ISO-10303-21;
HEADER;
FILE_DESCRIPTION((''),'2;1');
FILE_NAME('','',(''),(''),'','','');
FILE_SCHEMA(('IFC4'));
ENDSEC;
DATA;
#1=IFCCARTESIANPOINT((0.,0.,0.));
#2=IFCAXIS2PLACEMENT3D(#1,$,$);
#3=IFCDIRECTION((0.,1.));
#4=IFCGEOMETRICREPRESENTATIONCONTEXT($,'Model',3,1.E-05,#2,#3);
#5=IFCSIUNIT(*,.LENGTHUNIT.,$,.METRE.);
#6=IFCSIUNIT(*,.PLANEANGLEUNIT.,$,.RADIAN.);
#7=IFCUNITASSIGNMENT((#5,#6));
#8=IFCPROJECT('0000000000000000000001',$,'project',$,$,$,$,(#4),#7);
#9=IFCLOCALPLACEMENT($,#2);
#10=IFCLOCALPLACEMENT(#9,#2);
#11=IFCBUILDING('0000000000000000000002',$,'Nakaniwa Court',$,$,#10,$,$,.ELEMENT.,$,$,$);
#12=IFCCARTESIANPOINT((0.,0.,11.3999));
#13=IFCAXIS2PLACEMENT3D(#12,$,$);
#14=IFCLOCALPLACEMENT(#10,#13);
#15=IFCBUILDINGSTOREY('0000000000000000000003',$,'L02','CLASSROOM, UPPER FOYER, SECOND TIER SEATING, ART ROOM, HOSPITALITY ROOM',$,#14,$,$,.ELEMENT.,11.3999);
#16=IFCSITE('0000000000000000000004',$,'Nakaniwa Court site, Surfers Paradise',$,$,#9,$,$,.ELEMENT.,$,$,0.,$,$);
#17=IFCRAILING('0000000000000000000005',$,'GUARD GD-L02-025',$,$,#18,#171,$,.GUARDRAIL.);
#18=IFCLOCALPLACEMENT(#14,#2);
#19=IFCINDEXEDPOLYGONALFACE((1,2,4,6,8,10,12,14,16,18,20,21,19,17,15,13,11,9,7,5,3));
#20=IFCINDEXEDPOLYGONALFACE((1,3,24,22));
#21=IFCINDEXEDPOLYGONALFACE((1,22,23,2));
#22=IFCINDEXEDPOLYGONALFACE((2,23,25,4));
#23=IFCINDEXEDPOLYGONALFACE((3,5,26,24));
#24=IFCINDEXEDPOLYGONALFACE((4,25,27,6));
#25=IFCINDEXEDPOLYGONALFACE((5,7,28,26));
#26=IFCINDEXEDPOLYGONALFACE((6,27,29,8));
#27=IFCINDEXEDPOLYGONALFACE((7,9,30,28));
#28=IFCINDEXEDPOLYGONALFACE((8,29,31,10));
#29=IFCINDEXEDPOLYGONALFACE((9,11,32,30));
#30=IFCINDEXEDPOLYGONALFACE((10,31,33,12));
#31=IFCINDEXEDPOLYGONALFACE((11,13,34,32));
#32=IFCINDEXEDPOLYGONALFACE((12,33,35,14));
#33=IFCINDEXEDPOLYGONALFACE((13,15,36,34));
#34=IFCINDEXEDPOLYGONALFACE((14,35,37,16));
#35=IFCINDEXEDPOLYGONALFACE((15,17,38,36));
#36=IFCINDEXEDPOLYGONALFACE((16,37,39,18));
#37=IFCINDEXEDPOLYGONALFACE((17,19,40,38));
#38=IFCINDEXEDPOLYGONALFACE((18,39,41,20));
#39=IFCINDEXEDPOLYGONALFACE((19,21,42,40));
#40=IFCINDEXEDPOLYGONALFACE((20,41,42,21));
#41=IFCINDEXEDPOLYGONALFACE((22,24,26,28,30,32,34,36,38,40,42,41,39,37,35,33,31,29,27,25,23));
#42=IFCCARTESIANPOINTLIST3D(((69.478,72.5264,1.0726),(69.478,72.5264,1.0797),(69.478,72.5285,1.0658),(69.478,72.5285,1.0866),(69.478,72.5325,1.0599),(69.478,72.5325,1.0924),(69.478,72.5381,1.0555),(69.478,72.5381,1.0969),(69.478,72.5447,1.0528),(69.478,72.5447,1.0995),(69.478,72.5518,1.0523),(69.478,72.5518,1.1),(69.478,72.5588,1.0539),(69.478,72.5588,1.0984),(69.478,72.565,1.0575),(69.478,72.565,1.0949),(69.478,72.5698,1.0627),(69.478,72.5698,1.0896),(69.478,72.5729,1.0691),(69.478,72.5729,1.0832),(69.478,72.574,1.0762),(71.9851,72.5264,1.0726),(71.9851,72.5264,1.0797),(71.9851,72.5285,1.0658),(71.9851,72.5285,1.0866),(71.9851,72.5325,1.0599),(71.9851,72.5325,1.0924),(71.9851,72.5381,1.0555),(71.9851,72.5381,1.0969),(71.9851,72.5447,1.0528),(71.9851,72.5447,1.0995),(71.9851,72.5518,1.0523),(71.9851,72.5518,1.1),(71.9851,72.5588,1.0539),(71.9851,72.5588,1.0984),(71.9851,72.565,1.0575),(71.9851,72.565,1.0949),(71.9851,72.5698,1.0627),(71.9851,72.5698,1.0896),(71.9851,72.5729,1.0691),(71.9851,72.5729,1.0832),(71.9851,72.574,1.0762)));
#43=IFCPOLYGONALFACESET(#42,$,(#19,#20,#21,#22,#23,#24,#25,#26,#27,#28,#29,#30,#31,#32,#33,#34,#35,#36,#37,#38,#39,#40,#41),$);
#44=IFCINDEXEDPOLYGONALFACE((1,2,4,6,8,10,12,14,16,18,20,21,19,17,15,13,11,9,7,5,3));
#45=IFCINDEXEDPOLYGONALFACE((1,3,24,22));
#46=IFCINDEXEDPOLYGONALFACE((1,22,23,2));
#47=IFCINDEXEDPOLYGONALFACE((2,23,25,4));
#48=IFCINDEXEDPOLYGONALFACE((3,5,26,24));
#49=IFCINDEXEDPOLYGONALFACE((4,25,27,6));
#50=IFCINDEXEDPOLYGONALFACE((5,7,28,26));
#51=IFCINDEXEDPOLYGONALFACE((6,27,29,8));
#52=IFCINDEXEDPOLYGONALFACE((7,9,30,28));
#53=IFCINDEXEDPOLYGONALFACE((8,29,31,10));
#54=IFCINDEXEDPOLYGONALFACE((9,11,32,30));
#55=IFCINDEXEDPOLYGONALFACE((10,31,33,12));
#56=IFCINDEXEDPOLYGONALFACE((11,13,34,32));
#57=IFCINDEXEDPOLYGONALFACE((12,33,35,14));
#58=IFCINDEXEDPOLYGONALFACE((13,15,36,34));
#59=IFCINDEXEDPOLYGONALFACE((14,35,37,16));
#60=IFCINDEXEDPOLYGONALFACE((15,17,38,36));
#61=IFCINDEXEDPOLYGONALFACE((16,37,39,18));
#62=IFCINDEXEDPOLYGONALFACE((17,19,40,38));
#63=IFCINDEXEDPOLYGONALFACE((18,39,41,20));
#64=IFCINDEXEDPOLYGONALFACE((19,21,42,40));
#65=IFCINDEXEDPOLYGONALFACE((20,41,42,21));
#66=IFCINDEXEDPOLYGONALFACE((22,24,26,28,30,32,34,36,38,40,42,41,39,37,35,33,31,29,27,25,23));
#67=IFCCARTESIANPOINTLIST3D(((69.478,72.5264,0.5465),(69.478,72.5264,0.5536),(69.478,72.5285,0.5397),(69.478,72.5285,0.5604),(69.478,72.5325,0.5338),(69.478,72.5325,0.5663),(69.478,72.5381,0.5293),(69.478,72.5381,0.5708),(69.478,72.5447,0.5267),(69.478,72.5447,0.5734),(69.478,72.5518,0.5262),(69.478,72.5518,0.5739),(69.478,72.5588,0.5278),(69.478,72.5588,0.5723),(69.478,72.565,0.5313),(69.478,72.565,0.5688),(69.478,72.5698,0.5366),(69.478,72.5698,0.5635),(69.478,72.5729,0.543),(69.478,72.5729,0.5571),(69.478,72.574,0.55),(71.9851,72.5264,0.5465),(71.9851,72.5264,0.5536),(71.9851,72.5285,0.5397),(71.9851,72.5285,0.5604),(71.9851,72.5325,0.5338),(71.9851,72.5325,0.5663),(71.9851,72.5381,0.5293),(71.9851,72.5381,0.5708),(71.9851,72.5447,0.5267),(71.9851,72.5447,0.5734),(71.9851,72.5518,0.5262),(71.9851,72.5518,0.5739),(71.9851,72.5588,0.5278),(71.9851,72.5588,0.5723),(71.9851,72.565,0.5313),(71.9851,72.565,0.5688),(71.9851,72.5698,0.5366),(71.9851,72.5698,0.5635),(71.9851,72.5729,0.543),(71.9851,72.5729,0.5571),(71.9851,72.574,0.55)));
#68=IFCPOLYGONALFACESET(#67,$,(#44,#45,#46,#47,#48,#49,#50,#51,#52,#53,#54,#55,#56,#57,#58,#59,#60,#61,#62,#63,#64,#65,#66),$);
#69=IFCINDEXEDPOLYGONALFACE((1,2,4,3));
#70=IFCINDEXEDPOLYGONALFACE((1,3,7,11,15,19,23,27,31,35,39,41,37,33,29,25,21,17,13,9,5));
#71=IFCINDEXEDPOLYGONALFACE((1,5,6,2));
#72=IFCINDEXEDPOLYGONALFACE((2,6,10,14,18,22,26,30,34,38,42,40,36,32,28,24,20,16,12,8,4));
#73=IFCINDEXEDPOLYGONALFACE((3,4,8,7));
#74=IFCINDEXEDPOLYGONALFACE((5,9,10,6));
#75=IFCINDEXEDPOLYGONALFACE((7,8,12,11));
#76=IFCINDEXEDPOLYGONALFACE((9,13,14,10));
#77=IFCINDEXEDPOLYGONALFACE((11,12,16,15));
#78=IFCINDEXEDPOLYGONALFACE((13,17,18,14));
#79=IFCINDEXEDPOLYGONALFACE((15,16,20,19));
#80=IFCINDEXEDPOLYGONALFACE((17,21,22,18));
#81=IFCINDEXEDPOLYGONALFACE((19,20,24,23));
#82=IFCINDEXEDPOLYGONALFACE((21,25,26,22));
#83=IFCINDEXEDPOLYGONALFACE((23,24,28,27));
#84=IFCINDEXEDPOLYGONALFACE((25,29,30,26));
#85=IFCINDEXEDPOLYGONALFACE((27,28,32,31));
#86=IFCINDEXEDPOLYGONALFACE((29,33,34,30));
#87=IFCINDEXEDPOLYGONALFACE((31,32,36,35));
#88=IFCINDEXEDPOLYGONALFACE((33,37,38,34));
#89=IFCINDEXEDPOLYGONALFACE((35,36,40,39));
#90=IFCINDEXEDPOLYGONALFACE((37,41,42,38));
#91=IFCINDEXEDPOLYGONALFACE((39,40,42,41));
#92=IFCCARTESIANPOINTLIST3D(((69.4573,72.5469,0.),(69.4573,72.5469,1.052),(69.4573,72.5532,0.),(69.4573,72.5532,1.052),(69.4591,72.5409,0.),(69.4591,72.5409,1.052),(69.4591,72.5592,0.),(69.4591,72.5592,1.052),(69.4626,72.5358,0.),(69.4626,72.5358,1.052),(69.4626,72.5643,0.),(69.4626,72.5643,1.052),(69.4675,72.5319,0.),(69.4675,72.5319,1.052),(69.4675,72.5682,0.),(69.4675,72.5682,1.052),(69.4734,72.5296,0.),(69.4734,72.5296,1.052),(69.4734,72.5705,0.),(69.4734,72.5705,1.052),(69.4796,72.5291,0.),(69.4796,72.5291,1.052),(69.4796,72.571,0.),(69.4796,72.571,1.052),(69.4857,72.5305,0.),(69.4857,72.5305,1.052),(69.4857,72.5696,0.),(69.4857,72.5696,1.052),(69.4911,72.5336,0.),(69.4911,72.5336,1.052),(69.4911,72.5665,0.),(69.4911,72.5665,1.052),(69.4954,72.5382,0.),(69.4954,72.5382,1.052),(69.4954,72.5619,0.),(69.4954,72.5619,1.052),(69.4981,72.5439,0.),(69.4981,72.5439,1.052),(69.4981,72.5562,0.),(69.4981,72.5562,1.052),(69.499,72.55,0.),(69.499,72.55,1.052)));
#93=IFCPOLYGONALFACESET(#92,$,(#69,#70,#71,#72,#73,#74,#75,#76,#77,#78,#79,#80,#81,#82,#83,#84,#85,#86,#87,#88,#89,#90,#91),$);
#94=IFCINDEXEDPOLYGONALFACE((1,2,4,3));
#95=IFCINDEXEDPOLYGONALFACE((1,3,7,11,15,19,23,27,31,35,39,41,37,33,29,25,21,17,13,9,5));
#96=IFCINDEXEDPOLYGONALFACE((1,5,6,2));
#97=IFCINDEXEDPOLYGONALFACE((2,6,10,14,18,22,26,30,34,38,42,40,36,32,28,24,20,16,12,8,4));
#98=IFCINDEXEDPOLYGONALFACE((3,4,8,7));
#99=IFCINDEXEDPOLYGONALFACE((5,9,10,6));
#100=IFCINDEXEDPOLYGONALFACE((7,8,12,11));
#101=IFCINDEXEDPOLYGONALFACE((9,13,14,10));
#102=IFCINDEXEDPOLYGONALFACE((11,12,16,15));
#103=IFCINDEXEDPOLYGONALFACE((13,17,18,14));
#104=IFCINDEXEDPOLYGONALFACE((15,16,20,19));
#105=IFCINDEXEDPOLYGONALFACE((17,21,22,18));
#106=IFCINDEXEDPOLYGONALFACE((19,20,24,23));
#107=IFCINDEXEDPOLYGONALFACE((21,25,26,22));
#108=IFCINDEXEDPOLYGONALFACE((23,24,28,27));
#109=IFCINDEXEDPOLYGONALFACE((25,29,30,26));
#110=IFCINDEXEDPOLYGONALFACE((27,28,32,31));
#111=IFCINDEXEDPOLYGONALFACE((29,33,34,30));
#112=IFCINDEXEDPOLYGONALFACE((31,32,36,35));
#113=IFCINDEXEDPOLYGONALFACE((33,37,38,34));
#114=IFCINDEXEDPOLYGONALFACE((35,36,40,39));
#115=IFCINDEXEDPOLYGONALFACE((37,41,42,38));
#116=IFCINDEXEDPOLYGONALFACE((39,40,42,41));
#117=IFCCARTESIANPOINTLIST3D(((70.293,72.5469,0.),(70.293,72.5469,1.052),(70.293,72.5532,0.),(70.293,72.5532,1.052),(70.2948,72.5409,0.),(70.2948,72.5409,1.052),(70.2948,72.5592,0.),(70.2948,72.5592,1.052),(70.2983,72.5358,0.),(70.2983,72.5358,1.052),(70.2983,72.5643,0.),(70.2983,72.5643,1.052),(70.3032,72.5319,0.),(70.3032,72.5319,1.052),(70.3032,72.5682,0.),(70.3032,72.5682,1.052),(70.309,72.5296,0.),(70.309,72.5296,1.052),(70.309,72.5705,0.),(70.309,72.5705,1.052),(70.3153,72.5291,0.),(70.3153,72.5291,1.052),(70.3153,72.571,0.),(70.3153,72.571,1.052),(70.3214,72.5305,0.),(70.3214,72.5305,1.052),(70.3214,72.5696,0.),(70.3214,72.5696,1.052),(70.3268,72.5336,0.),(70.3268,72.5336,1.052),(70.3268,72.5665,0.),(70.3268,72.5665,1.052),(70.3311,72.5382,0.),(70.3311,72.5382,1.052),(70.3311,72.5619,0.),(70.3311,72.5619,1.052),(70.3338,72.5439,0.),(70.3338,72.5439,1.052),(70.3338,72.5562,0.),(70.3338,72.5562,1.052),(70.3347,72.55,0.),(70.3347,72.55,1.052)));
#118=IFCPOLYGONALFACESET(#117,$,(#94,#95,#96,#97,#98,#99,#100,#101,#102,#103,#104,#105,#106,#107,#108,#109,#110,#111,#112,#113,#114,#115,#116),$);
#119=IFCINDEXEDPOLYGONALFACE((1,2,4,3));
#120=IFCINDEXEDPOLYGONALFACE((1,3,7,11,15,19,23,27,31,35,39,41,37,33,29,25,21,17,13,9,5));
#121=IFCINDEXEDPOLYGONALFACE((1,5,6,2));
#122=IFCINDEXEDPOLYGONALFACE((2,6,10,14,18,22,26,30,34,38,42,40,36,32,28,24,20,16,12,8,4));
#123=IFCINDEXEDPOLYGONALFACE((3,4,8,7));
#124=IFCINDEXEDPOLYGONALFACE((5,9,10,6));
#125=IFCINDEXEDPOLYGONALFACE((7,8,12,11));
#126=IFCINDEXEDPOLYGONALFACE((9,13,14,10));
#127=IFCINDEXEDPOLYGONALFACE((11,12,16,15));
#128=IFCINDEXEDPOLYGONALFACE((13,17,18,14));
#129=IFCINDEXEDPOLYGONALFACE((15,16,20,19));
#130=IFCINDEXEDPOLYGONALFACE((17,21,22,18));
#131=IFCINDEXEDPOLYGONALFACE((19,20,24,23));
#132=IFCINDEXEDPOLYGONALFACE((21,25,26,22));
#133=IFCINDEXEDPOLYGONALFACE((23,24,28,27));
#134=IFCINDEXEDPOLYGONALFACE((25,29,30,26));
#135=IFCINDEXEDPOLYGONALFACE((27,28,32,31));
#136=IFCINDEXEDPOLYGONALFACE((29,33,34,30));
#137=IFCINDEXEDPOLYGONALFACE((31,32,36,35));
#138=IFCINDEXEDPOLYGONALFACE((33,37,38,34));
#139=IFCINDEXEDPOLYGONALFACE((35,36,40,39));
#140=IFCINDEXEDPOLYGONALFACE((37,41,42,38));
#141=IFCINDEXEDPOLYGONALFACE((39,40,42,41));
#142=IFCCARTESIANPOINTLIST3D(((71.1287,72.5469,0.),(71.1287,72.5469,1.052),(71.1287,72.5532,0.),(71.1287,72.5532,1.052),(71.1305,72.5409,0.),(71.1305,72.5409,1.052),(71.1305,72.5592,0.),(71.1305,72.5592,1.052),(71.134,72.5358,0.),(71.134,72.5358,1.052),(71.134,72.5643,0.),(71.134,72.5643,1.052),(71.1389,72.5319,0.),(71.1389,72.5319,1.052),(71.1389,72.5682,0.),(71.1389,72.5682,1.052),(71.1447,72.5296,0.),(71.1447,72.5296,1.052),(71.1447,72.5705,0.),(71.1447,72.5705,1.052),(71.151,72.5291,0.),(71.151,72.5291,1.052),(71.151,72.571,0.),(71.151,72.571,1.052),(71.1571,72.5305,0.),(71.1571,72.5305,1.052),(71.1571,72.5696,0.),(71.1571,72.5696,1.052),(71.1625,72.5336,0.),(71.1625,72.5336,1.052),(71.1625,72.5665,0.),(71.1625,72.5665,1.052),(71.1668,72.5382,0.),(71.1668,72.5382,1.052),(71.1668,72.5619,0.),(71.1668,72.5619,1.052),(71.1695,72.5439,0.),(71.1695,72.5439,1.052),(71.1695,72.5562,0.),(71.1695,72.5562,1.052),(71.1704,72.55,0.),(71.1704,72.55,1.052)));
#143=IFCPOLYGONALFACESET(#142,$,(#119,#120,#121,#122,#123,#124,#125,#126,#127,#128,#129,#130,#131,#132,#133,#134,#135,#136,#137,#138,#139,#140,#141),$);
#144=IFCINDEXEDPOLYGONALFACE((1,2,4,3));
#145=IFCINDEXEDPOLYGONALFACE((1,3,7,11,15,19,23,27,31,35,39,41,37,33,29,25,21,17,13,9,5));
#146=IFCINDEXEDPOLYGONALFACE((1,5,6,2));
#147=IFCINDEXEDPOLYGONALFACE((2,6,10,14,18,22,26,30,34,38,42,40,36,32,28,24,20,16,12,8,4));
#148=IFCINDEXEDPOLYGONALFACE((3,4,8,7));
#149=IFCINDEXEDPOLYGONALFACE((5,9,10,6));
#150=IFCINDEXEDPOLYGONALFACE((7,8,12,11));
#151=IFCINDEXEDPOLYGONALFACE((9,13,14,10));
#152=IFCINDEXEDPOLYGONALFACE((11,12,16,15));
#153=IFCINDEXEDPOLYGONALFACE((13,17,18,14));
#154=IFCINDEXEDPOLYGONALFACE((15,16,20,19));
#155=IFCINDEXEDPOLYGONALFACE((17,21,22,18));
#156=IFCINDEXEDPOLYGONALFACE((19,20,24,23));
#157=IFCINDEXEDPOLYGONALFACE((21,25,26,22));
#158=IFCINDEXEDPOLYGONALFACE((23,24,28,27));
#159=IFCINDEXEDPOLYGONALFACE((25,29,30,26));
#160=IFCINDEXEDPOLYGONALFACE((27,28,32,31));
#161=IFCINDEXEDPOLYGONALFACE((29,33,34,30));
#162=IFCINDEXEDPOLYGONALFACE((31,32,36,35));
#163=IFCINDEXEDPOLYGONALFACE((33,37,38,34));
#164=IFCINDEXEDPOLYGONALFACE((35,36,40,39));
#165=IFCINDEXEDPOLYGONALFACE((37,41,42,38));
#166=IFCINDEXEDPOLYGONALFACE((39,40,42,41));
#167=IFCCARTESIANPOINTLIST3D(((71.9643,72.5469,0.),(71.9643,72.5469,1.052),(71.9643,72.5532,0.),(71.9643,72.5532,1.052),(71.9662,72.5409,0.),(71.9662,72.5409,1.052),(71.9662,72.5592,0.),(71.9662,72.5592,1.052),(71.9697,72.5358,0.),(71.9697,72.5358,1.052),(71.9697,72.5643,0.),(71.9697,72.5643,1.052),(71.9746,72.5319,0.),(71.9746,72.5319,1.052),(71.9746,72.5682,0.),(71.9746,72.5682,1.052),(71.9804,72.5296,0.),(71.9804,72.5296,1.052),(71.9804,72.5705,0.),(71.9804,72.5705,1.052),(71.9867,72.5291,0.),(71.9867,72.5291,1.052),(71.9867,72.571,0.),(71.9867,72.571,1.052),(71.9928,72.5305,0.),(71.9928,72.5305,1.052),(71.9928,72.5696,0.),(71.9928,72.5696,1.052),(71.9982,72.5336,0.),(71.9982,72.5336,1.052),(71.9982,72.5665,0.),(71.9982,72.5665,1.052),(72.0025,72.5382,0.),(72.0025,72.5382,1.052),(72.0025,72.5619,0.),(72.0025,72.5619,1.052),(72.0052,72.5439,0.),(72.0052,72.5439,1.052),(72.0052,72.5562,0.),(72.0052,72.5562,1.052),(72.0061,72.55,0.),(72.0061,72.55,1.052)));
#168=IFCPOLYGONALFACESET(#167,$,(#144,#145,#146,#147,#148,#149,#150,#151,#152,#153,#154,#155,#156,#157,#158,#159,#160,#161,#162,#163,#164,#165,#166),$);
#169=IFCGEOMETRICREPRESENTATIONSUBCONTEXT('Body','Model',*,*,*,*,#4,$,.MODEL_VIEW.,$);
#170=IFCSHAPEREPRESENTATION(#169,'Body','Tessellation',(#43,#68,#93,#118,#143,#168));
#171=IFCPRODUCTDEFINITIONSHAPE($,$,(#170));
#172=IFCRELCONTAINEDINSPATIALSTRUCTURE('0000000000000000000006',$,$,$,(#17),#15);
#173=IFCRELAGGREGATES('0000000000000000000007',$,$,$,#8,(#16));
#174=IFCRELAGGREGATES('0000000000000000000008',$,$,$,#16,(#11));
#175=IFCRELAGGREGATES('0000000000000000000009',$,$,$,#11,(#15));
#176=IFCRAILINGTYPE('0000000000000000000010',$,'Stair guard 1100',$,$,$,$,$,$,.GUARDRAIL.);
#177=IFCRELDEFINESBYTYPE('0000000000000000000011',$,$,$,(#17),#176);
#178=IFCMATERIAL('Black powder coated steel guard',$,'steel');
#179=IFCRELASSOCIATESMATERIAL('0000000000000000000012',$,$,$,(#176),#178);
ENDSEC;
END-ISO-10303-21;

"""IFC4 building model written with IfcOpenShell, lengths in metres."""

from ifc_helpers import new_model, si_unit, direction, frame, origin, origin_2d, place, context, subcontext, project, spatial, circle, extrude, material, type_object, element, save


model = new_model("IFC4")

# Units and contexts
model_context = context("Model", 3, precision=1e-05, world=origin(), true_north=direction((0.0, 1.0)))
body_context = subcontext(model_context, "Body", "Model", "MODEL_VIEW")
ifc_project = project(units=[si_unit("LENGTHUNIT", "METRE"), si_unit("PLANEANGLEUNIT", "RADIAN")], contexts=[model_context])

# Site, building, storey
site_placement = place(None, origin())
site = spatial("IfcSite", under=ifc_project, at=site_placement, Name="Nakaniwa Court site, Surfers Paradise", CompositionType="ELEMENT", RefElevation=0.0)
building_placement = place(site_placement, origin())
building = spatial("IfcBuilding", under=site, at=building_placement, Name="Nakaniwa Court", CompositionType="ELEMENT")
storey_placement = place(building_placement, frame((0.0, 0.0, 11.3999)))
storey = spatial("IfcBuildingStorey", under=building, at=storey_placement, Name="L02", Description="CLASSROOM, UPPER FOYER, SECOND TIER SEATING, ART ROOM, HOSPITALITY ROOM", CompositionType="ELEMENT", Elevation=11.3999)

# Railing
ifc_material_1 = material(Name="Black powder coated steel guard", Category="steel")
railing_type = type_object("IfcRailingType", Name="Stair guard 1100", PredefinedType="GUARDRAIL", material=ifc_material_1)
railing_1_placement = place(storey_placement, frame((69.478, 72.55, 0.0)))
element("IfcRailing", 1, at=railing_1_placement, inside=storey, type_object=railing_type, Name="GUARD GD-L02-025", PredefinedType="GUARDRAIL", context=body_context, shape_type="SweptSolid", body=[
    extrude(circle(Radius=0.0239, at=origin_2d()), frame((0.0, 0.0, 1.0762), z_axis=(1.0, 0.0, 0.0), x_axis=(0.0, 1.0, 0.0)), (0.0, 0.0, 1.0), 2.5071),
    extrude(circle(Radius=0.0239, at=origin_2d()), frame((0.0, 0.0, 0.55), z_axis=(1.0, 0.0, 0.0), x_axis=(0.0, 1.0, 0.0)), (0.0, 0.0, 1.0), 2.5071),
    extrude(circle(Radius=0.021, at=origin_2d()), origin(), (0.0, 0.0, 1.0), 1.052),
    extrude(circle(Radius=0.021, at=origin_2d()), frame((0.8357, 0.0, 0.0)), (0.0, 0.0, 1.0), 1.052),
    extrude(circle(Radius=0.021, at=origin_2d()), frame((1.6714, 0.0, 0.0)), (0.0, 0.0, 1.0), 1.052),
    extrude(circle(Radius=0.021, at=origin_2d()), frame((2.5071, 0.0, 0.0)), (0.0, 0.0, 1.0), 1.052),
])

save(model, "model.ifc")
